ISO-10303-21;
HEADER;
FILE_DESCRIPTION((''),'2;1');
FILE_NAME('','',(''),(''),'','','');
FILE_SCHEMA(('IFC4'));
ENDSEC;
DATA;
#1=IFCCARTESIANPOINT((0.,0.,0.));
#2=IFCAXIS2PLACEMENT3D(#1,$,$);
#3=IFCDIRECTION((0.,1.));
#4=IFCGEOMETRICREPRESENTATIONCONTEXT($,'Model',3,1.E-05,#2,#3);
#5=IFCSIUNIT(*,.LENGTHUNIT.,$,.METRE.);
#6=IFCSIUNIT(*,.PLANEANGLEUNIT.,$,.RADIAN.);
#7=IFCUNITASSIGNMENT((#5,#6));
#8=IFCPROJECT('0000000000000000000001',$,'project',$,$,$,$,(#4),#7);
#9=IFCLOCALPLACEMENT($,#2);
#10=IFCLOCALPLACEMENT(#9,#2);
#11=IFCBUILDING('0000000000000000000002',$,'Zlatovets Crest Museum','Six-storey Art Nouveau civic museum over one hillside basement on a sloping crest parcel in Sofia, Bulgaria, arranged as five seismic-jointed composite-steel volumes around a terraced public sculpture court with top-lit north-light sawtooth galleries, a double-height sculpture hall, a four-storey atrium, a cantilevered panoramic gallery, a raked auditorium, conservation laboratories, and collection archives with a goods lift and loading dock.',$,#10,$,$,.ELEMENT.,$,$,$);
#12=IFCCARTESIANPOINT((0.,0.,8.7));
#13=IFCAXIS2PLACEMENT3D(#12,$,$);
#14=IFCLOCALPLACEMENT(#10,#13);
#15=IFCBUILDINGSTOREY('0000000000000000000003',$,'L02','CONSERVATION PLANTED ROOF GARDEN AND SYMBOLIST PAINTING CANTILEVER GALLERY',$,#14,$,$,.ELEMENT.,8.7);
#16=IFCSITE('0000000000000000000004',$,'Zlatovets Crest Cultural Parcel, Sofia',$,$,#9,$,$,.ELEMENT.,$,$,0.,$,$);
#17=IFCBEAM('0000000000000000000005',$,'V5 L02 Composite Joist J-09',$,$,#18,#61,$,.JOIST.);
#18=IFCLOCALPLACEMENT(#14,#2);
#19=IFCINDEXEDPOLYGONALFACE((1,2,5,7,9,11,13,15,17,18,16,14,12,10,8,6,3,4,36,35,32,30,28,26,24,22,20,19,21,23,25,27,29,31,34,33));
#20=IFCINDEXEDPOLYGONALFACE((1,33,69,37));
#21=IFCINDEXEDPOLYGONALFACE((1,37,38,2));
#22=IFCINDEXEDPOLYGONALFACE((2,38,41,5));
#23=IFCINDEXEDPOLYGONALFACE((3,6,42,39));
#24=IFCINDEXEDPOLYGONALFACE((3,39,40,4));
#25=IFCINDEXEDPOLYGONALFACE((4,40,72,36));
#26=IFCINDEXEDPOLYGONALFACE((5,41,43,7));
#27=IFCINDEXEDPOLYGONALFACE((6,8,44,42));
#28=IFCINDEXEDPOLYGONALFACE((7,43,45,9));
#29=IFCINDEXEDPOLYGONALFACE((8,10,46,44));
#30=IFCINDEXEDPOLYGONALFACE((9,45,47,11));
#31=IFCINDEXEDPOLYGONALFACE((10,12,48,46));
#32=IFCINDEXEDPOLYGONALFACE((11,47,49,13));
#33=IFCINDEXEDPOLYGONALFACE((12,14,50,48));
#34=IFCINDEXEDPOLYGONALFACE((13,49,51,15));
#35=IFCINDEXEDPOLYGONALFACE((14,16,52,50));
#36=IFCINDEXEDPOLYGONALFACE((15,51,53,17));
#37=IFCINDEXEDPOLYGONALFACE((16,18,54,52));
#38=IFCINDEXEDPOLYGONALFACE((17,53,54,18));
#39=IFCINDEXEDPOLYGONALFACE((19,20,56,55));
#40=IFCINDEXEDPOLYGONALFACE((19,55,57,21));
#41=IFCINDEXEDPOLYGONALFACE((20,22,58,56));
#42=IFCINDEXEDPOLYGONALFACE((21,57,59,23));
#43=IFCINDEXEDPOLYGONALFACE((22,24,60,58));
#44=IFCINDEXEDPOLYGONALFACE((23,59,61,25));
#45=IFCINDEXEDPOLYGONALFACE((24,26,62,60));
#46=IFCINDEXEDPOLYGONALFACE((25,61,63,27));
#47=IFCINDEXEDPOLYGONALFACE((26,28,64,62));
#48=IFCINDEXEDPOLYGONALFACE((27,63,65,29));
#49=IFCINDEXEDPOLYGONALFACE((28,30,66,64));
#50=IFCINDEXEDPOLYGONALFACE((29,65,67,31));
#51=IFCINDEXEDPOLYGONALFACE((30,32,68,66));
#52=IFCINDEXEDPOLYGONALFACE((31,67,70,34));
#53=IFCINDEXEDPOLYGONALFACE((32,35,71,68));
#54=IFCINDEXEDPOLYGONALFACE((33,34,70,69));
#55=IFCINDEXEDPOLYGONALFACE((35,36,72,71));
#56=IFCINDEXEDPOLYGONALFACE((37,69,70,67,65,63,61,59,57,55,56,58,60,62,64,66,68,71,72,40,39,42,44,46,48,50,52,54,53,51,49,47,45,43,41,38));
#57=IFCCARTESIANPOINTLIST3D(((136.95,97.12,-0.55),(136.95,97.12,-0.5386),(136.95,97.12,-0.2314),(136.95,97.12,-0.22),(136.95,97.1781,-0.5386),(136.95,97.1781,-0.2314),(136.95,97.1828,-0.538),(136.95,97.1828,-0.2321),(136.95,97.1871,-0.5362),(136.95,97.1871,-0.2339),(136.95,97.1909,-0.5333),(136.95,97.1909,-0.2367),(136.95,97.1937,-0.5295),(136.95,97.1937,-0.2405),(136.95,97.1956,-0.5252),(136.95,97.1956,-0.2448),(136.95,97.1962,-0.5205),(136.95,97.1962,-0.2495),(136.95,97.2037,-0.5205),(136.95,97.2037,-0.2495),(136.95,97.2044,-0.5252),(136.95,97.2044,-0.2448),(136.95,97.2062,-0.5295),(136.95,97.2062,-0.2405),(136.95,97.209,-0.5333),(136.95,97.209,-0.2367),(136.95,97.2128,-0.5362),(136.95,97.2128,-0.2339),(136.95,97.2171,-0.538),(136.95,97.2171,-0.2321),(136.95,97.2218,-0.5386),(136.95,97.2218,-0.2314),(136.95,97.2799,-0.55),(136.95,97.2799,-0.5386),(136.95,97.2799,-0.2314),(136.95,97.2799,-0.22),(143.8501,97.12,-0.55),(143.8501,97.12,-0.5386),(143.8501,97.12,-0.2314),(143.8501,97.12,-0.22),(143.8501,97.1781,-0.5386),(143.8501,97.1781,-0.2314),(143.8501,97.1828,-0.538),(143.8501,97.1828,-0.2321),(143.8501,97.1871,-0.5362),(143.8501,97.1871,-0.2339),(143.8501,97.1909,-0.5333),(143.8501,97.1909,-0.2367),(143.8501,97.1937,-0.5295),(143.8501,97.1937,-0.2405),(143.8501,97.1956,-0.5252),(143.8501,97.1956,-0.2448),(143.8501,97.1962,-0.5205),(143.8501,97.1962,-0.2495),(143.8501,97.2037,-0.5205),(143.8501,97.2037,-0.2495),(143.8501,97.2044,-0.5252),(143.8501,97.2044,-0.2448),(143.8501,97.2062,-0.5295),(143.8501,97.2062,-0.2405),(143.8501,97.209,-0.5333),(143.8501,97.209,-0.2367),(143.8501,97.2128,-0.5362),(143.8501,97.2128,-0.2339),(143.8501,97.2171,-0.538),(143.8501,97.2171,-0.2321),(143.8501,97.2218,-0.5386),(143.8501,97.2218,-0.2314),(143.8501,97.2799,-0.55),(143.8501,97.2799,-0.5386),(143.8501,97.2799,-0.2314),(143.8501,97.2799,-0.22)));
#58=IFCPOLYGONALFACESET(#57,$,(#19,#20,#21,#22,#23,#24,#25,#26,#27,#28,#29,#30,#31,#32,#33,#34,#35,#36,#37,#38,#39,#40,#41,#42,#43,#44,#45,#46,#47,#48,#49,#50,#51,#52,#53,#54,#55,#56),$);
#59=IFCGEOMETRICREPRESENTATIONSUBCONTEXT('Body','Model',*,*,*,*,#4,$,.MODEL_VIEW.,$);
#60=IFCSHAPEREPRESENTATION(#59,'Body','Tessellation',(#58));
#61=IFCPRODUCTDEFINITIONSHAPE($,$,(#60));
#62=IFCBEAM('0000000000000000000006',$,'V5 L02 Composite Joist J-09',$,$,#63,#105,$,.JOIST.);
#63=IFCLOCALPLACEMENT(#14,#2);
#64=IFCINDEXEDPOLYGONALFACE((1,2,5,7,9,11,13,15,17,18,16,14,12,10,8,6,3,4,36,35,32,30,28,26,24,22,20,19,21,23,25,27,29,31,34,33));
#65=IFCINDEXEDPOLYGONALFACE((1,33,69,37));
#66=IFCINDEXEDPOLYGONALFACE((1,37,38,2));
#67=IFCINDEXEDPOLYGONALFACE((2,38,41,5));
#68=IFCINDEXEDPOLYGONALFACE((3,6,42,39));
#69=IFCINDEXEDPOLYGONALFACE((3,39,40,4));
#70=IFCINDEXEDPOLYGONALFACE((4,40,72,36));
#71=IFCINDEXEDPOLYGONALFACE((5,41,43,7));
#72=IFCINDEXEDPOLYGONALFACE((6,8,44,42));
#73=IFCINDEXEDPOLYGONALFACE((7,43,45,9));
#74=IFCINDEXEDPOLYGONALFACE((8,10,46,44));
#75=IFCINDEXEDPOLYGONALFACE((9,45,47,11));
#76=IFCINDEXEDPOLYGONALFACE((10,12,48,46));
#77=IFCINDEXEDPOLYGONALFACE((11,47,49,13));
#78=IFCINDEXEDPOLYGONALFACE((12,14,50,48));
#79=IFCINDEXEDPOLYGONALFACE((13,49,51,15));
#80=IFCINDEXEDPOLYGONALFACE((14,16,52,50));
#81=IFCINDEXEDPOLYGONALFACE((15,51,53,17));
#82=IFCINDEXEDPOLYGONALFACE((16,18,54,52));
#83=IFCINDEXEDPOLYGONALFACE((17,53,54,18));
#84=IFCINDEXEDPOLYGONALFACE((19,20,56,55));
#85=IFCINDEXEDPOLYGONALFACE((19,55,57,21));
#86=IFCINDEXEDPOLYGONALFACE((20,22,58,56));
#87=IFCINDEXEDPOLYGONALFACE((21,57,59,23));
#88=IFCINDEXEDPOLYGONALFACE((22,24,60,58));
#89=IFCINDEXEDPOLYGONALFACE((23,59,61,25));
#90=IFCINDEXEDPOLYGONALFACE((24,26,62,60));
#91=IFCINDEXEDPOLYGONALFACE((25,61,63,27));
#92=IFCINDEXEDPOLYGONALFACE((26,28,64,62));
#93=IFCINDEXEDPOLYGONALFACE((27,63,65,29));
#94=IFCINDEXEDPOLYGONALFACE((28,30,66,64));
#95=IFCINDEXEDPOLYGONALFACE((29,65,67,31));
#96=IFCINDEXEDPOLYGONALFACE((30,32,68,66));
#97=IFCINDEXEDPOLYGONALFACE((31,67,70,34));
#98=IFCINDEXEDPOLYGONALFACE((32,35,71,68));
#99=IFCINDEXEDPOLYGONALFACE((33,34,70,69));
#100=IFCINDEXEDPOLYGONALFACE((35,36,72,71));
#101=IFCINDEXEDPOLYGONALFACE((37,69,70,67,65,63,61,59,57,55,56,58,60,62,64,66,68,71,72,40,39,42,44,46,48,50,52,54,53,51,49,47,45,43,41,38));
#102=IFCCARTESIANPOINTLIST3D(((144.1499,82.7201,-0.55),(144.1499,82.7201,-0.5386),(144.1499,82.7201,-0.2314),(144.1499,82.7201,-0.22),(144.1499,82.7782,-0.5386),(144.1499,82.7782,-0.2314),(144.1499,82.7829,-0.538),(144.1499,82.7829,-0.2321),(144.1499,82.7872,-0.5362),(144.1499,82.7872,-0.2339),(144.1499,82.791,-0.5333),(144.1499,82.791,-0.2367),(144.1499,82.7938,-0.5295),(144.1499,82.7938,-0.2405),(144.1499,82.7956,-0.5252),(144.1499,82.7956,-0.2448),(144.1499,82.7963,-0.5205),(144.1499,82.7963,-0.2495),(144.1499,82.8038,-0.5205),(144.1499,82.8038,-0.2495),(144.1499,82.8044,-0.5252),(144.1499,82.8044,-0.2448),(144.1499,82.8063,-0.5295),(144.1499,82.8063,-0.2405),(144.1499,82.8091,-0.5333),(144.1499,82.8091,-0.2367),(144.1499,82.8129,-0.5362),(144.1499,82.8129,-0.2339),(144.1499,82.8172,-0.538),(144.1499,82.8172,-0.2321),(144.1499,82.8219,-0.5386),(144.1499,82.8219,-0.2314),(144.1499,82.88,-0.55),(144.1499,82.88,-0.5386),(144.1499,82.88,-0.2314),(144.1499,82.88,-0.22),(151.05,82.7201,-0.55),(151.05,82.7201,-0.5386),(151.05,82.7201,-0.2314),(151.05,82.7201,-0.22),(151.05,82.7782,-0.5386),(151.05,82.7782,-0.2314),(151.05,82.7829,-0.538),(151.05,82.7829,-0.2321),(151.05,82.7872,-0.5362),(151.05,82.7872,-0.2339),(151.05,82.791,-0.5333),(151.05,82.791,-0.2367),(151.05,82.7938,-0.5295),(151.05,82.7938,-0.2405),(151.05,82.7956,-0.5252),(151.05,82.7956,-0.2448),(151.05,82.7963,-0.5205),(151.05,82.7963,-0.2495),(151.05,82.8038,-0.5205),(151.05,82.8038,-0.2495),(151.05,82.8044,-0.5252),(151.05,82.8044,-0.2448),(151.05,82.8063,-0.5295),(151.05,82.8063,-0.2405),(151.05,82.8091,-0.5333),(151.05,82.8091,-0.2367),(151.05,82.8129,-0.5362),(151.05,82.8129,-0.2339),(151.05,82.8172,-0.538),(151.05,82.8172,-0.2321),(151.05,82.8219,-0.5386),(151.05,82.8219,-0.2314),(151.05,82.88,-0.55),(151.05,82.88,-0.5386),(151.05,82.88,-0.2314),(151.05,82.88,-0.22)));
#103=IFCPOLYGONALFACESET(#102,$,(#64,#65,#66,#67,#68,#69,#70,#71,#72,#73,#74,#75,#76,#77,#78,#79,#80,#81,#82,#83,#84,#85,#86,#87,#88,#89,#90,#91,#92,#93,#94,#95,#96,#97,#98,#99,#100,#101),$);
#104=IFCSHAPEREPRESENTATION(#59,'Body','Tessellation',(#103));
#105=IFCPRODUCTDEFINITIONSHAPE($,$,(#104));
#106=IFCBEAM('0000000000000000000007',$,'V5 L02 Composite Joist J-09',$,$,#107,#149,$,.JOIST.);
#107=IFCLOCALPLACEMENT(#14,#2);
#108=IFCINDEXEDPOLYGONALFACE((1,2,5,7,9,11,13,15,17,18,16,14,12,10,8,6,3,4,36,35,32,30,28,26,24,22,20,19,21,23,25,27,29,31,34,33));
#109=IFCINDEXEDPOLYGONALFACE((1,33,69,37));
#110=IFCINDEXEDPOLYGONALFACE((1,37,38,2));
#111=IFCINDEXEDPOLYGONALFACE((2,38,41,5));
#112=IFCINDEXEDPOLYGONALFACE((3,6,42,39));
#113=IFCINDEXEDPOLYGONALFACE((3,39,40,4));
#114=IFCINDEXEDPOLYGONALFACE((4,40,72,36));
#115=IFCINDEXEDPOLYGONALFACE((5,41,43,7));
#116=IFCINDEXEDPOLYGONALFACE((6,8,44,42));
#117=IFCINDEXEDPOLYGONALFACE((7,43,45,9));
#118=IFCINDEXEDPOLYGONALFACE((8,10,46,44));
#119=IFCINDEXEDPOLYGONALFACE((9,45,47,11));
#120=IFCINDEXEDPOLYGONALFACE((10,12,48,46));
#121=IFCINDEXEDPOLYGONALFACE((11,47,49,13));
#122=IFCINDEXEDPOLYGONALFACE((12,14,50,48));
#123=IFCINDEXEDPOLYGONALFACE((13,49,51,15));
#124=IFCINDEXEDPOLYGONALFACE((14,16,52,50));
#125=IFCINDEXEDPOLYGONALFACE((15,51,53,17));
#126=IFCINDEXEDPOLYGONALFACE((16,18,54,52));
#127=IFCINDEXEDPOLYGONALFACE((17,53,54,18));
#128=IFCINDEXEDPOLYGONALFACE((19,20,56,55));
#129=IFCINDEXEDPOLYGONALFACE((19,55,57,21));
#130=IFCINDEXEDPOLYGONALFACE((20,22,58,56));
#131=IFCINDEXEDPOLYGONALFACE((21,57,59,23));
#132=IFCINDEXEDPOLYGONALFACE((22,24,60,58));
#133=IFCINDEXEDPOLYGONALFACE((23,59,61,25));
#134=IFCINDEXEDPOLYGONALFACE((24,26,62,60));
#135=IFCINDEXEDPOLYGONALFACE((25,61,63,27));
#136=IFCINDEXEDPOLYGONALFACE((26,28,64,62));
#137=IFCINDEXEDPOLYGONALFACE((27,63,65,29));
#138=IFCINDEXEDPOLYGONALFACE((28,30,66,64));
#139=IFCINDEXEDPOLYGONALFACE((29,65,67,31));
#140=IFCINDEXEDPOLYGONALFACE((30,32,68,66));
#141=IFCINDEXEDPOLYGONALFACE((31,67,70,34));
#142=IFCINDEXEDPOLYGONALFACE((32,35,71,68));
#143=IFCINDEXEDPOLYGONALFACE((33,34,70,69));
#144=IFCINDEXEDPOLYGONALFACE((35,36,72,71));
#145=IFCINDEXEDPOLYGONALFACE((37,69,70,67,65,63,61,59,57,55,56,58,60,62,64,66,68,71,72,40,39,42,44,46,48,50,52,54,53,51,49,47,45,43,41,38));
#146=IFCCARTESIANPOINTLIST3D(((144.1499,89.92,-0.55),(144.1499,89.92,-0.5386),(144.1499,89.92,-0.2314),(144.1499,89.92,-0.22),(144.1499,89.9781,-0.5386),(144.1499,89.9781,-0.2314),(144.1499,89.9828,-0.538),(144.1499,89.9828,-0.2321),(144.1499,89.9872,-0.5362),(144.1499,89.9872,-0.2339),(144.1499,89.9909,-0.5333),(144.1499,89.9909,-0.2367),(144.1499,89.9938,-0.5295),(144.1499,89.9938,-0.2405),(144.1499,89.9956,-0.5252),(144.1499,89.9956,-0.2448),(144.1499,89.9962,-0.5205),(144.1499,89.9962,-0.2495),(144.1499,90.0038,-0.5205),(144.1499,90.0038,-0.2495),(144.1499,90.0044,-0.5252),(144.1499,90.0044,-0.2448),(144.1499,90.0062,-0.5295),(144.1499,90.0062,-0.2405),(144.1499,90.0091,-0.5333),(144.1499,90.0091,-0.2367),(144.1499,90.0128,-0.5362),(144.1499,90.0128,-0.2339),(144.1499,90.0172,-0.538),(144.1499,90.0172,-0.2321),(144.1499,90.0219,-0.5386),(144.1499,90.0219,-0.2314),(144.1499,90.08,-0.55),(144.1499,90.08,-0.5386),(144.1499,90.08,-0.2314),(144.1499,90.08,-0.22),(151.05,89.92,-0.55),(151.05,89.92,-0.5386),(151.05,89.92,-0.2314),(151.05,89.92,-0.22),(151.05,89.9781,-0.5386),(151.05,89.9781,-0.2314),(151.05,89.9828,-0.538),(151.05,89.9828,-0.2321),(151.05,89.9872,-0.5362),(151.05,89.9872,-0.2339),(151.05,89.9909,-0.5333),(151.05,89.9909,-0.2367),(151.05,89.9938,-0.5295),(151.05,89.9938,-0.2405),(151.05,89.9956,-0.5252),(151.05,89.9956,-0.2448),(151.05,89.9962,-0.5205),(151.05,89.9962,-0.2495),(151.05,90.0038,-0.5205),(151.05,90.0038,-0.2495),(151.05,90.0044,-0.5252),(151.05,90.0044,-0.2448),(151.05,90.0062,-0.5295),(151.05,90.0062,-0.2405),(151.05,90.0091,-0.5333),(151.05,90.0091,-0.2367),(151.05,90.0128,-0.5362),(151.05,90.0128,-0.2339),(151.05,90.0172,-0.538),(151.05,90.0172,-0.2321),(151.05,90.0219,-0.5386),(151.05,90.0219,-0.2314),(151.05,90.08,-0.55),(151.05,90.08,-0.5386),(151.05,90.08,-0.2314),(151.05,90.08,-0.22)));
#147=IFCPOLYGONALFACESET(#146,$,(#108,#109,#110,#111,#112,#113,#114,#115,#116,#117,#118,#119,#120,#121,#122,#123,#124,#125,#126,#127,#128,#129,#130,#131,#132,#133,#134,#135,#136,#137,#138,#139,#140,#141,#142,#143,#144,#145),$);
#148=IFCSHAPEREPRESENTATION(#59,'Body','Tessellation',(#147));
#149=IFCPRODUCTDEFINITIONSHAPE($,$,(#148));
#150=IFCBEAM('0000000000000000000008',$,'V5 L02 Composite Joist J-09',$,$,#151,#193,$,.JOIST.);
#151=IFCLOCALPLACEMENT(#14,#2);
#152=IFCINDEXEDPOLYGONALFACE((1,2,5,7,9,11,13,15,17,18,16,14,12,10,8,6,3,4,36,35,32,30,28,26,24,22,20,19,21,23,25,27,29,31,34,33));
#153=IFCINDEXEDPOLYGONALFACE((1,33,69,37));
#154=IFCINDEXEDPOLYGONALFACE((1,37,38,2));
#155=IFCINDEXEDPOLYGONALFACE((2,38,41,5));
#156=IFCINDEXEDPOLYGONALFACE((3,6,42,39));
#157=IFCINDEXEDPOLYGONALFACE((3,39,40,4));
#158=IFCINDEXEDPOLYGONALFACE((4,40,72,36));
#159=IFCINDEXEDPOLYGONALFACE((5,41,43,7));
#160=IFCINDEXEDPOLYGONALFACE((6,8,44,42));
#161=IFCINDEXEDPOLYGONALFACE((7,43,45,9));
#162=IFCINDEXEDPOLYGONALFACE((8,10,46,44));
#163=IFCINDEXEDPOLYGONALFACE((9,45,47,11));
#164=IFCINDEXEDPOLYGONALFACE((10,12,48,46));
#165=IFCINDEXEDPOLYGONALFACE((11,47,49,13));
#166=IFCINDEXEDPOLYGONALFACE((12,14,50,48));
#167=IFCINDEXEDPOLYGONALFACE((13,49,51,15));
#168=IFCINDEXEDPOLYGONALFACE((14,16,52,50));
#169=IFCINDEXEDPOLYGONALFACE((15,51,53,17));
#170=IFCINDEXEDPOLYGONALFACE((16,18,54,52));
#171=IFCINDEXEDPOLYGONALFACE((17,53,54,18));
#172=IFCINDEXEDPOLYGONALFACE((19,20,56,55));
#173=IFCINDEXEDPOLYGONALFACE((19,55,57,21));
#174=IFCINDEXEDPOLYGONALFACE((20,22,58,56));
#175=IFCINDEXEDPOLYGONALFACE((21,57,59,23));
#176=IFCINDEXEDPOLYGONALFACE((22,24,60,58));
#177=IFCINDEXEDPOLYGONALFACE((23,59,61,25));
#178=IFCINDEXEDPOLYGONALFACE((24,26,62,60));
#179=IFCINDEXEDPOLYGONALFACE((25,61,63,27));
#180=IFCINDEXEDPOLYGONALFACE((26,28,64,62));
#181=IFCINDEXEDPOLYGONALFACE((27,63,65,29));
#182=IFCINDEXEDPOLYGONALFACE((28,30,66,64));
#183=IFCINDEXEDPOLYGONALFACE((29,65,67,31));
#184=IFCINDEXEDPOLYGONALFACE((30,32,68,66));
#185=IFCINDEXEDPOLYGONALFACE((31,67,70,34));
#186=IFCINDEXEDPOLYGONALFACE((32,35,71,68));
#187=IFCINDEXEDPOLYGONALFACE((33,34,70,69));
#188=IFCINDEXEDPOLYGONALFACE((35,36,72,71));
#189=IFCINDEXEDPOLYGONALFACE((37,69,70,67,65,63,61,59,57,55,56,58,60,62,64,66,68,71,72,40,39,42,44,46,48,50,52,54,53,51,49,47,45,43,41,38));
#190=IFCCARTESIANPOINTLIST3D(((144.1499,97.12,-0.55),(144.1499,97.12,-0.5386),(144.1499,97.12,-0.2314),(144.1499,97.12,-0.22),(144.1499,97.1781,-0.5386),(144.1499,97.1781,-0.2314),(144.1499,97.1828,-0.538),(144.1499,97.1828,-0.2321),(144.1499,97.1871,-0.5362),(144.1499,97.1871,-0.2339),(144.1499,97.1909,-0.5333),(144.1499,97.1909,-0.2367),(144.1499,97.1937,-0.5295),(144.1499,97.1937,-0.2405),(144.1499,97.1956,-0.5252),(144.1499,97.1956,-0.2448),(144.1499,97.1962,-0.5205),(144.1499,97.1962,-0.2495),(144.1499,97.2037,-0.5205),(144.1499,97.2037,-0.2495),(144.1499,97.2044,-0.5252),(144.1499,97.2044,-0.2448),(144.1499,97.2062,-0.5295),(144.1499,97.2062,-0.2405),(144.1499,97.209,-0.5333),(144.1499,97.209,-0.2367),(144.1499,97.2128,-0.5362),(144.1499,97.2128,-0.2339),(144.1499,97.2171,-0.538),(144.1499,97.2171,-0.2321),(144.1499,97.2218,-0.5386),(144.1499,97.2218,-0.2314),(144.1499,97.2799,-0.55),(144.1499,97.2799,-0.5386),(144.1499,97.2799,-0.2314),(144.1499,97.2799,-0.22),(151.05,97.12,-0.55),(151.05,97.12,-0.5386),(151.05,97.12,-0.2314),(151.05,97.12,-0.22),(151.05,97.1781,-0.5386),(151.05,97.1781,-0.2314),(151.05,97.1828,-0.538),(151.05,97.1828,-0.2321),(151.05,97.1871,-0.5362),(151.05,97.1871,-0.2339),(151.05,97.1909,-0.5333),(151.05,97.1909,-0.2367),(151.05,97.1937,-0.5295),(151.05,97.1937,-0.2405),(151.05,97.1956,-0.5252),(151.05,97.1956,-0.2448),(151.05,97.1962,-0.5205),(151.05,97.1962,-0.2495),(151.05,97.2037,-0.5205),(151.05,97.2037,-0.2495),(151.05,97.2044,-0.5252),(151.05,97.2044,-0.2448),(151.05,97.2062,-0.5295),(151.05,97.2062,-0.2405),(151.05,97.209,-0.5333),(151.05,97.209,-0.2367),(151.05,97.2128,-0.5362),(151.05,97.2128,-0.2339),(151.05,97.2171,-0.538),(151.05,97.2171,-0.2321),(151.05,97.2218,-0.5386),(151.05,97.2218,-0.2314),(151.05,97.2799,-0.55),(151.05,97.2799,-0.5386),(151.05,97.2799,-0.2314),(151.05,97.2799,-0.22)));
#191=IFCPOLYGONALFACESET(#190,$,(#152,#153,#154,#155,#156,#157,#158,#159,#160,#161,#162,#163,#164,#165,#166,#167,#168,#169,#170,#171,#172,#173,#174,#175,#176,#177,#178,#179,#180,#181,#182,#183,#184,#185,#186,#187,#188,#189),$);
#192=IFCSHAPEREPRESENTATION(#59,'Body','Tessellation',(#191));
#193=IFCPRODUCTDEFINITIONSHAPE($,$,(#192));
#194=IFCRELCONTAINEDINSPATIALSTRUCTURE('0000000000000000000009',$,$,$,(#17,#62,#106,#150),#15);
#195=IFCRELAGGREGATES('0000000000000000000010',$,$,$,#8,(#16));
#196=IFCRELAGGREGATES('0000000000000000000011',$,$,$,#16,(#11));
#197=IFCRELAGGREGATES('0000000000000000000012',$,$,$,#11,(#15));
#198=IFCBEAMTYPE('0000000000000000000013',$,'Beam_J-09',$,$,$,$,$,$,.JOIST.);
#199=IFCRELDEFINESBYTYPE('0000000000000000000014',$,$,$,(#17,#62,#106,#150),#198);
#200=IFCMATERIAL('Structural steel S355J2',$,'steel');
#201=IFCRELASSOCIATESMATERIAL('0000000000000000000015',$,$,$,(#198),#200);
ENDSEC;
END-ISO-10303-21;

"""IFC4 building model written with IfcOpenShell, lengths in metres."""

from ifc_helpers import new_model, si_unit, direction, frame, origin, origin_2d, place, context, subcontext, project, spatial, i_section, extrude, material, material_profile, profile_set, type_object, element, save


model = new_model("IFC4")

# Units and contexts
model_context = context("Model", 3, precision=1e-05, world=origin(), true_north=direction((0.0, 1.0)))
body_context = subcontext(model_context, "Body", "Model", "MODEL_VIEW")
ifc_project = project(units=[si_unit("LENGTHUNIT", "METRE"), si_unit("PLANEANGLEUNIT", "RADIAN")], contexts=[model_context])

# Site, building, storey
site_placement = place(None, origin())
site = spatial("IfcSite", under=ifc_project, at=site_placement, Name="Zlatovets Crest Cultural Parcel, Sofia", CompositionType="ELEMENT", RefElevation=0.0)
building_placement = place(site_placement, origin())
building = spatial("IfcBuilding", under=site, at=building_placement, Name="Zlatovets Crest Museum", Description="Six-storey Art Nouveau civic museum over one hillside basement on a sloping crest parcel in Sofia, Bulgaria, arranged as five seismic-jointed composite-steel volumes around a terraced public sculpture court with top-lit north-light sawtooth galleries, a double-height sculpture hall, a four-storey atrium, a cantilevered panoramic gallery, a raked auditorium, conservation laboratories, and collection archives with a goods lift and loading dock.", CompositionType="ELEMENT")
storey_placement = place(building_placement, frame((0.0, 0.0, 8.7)))
storey = spatial("IfcBuildingStorey", under=building, at=storey_placement, Name="L02", Description="CONSERVATION PLANTED ROOF GARDEN AND SYMBOLIST PAINTING CANTILEVER GALLERY", CompositionType="ELEMENT", Elevation=8.7)

# Shared definitions
ifc_material_1 = material(Name="Structural steel S355J2", Category="steel")

# Beams
ifc_material_profile_1 = material_profile(ifc_material_1, i_section(OverallWidth=0.1599, OverallDepth=0.3301, WebThickness=0.0076, FlangeThickness=0.0115, FilletRadius=0.0181, at=origin_2d()), Name="IPE 330")
ifc_profile_set_1 = profile_set([ifc_material_profile_1], Name="Structural steel S355J2")
beam_type_1 = type_object("IfcBeamType", Name="Beam_J-09", PredefinedType="JOIST", material=ifc_profile_set_1)
for number, where, z_axis, x_axis, name in (
    (1, (136.95, 97.2, -0.385), (1.0, 0.0, 0.0), (0.0, 1.0, 0.0), "V5 L02 Composite Joist J-09"),
    (2, (144.1499, 82.8, -0.385), (1.0, 0.0, 0.0), (0.0, 1.0, 0.0), "V5 L02 Composite Joist J-09"),
    (3, (144.1499, 90.0, -0.385), (1.0, 0.0, 0.0), (0.0, 1.0, 0.0), "V5 L02 Composite Joist J-09"),
    (4, (144.1499, 97.2, -0.385), (1.0, 0.0, 0.0), (0.0, 1.0, 0.0), "V5 L02 Composite Joist J-09"),
):
    element("IfcBeam", number, at=place(storey_placement, frame(where, z_axis=z_axis, x_axis=x_axis)), inside=storey, type_object=beam_type_1, Name=name, PredefinedType="JOIST", context=body_context, shape_type="SweptSolid", body=[
        extrude(i_section(OverallWidth=0.1599, OverallDepth=0.3301, WebThickness=0.0076, FlangeThickness=0.0115, FilletRadius=0.0181, at=origin_2d()), origin(), (0.0, 0.0, 1.0), 6.9001),
    ])

save(model, "model.ifc")
